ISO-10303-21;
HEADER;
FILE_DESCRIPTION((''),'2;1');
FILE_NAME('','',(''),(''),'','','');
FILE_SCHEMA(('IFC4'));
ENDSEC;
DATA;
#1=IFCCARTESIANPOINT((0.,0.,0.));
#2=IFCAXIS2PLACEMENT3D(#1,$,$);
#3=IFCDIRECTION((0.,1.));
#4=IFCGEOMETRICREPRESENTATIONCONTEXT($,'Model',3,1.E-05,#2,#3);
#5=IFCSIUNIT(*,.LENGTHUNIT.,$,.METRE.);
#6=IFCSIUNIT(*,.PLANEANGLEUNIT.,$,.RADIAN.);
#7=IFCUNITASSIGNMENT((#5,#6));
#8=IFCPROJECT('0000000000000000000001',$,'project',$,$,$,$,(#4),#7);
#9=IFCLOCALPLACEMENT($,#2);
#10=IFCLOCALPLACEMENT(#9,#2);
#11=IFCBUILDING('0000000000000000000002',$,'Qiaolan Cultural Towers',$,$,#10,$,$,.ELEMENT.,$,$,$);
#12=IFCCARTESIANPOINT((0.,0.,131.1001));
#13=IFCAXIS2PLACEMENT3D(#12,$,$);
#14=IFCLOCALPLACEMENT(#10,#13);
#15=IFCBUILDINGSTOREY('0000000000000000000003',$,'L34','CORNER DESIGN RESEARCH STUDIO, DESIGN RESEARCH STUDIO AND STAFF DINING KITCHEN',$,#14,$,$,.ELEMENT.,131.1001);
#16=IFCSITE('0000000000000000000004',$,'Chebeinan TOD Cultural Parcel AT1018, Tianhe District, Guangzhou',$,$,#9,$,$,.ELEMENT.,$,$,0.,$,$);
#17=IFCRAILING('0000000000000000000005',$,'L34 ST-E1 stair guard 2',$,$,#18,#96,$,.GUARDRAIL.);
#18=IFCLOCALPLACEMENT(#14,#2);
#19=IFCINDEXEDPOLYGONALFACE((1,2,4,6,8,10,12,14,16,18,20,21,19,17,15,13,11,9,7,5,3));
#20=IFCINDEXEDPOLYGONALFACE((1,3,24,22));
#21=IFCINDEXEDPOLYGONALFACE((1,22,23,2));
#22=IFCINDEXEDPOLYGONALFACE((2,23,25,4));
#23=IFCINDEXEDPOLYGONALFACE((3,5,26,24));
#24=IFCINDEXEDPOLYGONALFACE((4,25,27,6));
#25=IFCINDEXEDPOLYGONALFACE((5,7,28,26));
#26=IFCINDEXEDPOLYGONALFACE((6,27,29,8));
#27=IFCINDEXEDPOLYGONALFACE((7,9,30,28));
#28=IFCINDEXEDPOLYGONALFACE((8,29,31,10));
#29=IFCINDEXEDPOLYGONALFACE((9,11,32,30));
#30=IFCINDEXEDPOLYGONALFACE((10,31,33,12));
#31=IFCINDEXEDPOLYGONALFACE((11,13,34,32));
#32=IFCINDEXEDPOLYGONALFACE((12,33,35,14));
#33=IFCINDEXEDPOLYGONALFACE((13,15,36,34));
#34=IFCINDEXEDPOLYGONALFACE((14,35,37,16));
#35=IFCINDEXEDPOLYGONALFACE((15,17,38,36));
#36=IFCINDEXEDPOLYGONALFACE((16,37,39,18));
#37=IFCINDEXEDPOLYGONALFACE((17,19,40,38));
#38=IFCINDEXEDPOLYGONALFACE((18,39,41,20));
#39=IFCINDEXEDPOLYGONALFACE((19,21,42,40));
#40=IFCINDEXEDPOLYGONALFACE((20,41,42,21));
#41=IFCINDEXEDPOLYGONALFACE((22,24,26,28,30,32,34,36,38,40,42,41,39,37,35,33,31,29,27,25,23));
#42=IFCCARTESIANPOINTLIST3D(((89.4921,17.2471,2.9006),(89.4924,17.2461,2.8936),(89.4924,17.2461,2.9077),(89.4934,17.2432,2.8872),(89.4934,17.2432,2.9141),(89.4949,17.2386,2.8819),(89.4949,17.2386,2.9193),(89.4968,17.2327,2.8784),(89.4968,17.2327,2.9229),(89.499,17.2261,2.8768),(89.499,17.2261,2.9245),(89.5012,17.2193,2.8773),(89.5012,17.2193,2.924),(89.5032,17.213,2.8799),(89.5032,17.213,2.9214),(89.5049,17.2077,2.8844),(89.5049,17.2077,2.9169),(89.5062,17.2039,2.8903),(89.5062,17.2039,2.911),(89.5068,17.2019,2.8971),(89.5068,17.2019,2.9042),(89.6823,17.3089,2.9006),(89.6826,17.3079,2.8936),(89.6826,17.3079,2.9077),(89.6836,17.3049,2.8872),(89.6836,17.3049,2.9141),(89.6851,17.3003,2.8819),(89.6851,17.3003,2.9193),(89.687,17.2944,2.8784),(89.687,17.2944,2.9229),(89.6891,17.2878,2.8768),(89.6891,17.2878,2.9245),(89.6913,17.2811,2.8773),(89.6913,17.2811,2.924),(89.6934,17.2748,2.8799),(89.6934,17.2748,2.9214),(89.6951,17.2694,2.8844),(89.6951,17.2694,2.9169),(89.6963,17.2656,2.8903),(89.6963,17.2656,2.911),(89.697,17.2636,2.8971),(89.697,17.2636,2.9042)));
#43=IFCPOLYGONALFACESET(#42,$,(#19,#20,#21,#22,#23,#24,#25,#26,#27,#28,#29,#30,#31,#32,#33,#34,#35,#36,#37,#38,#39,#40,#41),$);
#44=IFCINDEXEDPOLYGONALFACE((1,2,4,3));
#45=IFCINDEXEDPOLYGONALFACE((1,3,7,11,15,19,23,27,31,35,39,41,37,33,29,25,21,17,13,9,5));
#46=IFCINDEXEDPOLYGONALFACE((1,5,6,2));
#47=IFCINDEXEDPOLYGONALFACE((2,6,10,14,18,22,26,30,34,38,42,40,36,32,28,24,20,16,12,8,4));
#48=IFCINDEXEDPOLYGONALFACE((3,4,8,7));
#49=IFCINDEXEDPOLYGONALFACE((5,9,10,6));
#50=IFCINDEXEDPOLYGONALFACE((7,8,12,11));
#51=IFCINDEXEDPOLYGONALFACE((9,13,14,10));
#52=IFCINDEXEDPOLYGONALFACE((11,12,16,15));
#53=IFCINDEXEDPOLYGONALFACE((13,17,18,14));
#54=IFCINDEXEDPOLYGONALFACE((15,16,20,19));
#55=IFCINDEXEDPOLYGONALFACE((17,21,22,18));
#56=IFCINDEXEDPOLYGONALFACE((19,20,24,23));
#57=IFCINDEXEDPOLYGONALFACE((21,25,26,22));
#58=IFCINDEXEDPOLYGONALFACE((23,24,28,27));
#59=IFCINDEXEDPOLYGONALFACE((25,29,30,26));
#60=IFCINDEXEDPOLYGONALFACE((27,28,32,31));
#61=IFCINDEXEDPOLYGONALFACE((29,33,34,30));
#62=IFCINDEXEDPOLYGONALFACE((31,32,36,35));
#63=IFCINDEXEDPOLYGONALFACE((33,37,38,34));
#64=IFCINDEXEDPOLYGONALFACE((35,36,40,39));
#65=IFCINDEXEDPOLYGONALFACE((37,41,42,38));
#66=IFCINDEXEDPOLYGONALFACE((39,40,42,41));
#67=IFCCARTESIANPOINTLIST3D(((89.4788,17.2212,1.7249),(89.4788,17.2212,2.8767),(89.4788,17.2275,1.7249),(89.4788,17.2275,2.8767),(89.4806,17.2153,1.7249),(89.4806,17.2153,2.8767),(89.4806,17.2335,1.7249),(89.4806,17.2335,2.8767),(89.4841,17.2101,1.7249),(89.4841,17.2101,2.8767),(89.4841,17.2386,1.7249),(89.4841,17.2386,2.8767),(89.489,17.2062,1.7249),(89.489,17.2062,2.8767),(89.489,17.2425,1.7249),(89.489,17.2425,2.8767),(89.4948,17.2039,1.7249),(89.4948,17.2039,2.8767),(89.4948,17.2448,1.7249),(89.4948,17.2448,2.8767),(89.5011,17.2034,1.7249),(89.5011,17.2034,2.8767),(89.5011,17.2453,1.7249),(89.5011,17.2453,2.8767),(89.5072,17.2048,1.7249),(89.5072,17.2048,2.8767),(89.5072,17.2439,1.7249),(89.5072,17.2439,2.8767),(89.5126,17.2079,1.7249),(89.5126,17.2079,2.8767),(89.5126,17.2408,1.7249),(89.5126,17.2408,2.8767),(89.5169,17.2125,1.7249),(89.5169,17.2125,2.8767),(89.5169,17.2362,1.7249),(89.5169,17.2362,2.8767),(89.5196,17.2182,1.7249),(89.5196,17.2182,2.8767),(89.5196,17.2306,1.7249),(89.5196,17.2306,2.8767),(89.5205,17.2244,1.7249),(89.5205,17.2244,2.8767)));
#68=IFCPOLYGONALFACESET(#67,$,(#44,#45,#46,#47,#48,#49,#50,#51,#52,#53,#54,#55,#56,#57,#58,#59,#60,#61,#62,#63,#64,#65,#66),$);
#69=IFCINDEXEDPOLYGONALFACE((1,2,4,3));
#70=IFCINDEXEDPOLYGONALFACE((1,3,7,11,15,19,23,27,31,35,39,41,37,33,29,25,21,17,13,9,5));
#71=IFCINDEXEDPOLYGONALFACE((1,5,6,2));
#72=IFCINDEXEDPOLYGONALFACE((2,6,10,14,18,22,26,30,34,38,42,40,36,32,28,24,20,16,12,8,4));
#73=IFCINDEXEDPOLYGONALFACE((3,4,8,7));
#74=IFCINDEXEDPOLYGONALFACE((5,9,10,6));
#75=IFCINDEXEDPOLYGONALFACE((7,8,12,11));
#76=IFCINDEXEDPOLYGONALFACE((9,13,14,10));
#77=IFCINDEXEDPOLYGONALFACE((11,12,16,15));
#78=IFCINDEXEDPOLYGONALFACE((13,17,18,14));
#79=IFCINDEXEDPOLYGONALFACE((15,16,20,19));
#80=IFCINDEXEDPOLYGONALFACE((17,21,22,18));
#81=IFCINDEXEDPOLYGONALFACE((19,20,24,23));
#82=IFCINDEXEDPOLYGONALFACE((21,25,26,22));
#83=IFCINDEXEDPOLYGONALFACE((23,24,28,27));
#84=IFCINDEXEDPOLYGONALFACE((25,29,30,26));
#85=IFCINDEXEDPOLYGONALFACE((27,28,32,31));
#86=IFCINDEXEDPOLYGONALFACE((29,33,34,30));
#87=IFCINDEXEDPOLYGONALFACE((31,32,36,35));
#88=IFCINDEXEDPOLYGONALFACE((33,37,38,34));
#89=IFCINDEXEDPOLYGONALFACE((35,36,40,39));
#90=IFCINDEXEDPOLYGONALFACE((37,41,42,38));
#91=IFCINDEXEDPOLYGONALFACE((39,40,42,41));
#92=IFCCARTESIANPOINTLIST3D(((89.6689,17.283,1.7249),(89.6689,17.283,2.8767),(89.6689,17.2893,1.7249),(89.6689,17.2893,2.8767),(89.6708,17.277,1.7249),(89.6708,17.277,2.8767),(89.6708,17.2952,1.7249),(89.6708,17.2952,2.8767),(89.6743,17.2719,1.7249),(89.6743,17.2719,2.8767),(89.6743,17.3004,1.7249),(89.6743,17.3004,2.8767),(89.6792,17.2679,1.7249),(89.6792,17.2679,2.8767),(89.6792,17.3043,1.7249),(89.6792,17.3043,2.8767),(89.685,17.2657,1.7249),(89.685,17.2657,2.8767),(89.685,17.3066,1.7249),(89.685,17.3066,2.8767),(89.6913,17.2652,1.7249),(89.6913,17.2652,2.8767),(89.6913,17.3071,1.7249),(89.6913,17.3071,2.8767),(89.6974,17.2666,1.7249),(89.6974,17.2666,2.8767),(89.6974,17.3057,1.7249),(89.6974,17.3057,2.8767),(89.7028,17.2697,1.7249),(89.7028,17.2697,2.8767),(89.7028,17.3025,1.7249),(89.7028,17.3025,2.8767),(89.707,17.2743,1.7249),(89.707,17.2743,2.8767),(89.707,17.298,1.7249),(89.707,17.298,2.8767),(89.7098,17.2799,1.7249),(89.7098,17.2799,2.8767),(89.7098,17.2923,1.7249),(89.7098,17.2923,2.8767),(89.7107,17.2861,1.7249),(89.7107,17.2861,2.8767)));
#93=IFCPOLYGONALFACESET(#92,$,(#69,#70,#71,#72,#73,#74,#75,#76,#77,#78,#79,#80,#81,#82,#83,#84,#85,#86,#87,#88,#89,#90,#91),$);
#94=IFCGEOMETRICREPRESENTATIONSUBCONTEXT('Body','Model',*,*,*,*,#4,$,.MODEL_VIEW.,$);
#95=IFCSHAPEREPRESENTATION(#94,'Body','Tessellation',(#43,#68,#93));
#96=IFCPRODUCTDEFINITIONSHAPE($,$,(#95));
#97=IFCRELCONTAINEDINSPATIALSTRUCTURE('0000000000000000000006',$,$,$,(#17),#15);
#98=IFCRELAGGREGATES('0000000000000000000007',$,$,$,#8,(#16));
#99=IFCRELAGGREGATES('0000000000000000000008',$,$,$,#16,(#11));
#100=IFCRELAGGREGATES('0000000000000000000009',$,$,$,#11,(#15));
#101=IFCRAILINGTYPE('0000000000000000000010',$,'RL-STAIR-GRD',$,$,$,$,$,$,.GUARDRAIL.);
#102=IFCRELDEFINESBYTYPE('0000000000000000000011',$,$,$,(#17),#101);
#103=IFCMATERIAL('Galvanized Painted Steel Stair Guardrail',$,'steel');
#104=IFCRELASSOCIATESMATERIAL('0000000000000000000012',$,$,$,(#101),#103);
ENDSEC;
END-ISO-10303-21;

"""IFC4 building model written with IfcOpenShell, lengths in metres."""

from ifc_helpers import new_model, si_unit, direction, frame, origin, origin_2d, place, context, subcontext, project, spatial, circle, extrude, material, type_object, element, save


model = new_model("IFC4")

# Units and contexts
model_context = context("Model", 3, precision=1e-05, world=origin(), true_north=direction((0.0, 1.0)))
body_context = subcontext(model_context, "Body", "Model", "MODEL_VIEW")
ifc_project = project(units=[si_unit("LENGTHUNIT", "METRE"), si_unit("PLANEANGLEUNIT", "RADIAN")], contexts=[model_context])

# Site, building, storey
site_placement = place(None, origin())
site = spatial("IfcSite", under=ifc_project, at=site_placement, Name="Chebeinan TOD Cultural Parcel AT1018, Tianhe District, Guangzhou", CompositionType="ELEMENT", RefElevation=0.0)
building_placement = place(site_placement, origin())
building = spatial("IfcBuilding", under=site, at=building_placement, Name="Qiaolan Cultural Towers", CompositionType="ELEMENT")
storey_placement = place(building_placement, frame((0.0, 0.0, 131.1001)))
storey = spatial("IfcBuildingStorey", under=building, at=storey_placement, Name="L34", Description="CORNER DESIGN RESEARCH STUDIO, DESIGN RESEARCH STUDIO AND STAFF DINING KITCHEN", CompositionType="ELEMENT", Elevation=131.1001)

# Railing
ifc_material_1 = material(Name="Galvanized Painted Steel Stair Guardrail", Category="steel")
railing_type_1 = type_object("IfcRailingType", Name="RL-STAIR-GRD", PredefinedType="GUARDRAIL", material=ifc_material_1)
railing_1_placement = place(storey_placement, frame((89.4995, 17.2244, 1.7249)))
element("IfcRailing", 1, at=railing_1_placement, inside=storey, type_object=railing_type_1, Name="L34 ST-E1 stair guard 2", PredefinedType="GUARDRAIL", context=body_context, shape_type="SweptSolid", body=[
    extrude(circle(Radius=0.0239, at=origin_2d()), frame((0.0, 0.0, 1.1758), z_axis=(0.951097, 0.308893, 0.0), x_axis=(-0.308893, 0.951097, 0.0)), (0.0, 0.0, 1.0), 0.2),
    extrude(circle(Radius=0.021, at=origin_2d()), origin(), (0.0, 0.0, 1.0), 1.1519),
    extrude(circle(Radius=0.021, at=origin_2d()), frame((0.1902, 0.0618, 0.0)), (0.0, 0.0, 1.0), 1.1519),
])

save(model, "model.ifc")
